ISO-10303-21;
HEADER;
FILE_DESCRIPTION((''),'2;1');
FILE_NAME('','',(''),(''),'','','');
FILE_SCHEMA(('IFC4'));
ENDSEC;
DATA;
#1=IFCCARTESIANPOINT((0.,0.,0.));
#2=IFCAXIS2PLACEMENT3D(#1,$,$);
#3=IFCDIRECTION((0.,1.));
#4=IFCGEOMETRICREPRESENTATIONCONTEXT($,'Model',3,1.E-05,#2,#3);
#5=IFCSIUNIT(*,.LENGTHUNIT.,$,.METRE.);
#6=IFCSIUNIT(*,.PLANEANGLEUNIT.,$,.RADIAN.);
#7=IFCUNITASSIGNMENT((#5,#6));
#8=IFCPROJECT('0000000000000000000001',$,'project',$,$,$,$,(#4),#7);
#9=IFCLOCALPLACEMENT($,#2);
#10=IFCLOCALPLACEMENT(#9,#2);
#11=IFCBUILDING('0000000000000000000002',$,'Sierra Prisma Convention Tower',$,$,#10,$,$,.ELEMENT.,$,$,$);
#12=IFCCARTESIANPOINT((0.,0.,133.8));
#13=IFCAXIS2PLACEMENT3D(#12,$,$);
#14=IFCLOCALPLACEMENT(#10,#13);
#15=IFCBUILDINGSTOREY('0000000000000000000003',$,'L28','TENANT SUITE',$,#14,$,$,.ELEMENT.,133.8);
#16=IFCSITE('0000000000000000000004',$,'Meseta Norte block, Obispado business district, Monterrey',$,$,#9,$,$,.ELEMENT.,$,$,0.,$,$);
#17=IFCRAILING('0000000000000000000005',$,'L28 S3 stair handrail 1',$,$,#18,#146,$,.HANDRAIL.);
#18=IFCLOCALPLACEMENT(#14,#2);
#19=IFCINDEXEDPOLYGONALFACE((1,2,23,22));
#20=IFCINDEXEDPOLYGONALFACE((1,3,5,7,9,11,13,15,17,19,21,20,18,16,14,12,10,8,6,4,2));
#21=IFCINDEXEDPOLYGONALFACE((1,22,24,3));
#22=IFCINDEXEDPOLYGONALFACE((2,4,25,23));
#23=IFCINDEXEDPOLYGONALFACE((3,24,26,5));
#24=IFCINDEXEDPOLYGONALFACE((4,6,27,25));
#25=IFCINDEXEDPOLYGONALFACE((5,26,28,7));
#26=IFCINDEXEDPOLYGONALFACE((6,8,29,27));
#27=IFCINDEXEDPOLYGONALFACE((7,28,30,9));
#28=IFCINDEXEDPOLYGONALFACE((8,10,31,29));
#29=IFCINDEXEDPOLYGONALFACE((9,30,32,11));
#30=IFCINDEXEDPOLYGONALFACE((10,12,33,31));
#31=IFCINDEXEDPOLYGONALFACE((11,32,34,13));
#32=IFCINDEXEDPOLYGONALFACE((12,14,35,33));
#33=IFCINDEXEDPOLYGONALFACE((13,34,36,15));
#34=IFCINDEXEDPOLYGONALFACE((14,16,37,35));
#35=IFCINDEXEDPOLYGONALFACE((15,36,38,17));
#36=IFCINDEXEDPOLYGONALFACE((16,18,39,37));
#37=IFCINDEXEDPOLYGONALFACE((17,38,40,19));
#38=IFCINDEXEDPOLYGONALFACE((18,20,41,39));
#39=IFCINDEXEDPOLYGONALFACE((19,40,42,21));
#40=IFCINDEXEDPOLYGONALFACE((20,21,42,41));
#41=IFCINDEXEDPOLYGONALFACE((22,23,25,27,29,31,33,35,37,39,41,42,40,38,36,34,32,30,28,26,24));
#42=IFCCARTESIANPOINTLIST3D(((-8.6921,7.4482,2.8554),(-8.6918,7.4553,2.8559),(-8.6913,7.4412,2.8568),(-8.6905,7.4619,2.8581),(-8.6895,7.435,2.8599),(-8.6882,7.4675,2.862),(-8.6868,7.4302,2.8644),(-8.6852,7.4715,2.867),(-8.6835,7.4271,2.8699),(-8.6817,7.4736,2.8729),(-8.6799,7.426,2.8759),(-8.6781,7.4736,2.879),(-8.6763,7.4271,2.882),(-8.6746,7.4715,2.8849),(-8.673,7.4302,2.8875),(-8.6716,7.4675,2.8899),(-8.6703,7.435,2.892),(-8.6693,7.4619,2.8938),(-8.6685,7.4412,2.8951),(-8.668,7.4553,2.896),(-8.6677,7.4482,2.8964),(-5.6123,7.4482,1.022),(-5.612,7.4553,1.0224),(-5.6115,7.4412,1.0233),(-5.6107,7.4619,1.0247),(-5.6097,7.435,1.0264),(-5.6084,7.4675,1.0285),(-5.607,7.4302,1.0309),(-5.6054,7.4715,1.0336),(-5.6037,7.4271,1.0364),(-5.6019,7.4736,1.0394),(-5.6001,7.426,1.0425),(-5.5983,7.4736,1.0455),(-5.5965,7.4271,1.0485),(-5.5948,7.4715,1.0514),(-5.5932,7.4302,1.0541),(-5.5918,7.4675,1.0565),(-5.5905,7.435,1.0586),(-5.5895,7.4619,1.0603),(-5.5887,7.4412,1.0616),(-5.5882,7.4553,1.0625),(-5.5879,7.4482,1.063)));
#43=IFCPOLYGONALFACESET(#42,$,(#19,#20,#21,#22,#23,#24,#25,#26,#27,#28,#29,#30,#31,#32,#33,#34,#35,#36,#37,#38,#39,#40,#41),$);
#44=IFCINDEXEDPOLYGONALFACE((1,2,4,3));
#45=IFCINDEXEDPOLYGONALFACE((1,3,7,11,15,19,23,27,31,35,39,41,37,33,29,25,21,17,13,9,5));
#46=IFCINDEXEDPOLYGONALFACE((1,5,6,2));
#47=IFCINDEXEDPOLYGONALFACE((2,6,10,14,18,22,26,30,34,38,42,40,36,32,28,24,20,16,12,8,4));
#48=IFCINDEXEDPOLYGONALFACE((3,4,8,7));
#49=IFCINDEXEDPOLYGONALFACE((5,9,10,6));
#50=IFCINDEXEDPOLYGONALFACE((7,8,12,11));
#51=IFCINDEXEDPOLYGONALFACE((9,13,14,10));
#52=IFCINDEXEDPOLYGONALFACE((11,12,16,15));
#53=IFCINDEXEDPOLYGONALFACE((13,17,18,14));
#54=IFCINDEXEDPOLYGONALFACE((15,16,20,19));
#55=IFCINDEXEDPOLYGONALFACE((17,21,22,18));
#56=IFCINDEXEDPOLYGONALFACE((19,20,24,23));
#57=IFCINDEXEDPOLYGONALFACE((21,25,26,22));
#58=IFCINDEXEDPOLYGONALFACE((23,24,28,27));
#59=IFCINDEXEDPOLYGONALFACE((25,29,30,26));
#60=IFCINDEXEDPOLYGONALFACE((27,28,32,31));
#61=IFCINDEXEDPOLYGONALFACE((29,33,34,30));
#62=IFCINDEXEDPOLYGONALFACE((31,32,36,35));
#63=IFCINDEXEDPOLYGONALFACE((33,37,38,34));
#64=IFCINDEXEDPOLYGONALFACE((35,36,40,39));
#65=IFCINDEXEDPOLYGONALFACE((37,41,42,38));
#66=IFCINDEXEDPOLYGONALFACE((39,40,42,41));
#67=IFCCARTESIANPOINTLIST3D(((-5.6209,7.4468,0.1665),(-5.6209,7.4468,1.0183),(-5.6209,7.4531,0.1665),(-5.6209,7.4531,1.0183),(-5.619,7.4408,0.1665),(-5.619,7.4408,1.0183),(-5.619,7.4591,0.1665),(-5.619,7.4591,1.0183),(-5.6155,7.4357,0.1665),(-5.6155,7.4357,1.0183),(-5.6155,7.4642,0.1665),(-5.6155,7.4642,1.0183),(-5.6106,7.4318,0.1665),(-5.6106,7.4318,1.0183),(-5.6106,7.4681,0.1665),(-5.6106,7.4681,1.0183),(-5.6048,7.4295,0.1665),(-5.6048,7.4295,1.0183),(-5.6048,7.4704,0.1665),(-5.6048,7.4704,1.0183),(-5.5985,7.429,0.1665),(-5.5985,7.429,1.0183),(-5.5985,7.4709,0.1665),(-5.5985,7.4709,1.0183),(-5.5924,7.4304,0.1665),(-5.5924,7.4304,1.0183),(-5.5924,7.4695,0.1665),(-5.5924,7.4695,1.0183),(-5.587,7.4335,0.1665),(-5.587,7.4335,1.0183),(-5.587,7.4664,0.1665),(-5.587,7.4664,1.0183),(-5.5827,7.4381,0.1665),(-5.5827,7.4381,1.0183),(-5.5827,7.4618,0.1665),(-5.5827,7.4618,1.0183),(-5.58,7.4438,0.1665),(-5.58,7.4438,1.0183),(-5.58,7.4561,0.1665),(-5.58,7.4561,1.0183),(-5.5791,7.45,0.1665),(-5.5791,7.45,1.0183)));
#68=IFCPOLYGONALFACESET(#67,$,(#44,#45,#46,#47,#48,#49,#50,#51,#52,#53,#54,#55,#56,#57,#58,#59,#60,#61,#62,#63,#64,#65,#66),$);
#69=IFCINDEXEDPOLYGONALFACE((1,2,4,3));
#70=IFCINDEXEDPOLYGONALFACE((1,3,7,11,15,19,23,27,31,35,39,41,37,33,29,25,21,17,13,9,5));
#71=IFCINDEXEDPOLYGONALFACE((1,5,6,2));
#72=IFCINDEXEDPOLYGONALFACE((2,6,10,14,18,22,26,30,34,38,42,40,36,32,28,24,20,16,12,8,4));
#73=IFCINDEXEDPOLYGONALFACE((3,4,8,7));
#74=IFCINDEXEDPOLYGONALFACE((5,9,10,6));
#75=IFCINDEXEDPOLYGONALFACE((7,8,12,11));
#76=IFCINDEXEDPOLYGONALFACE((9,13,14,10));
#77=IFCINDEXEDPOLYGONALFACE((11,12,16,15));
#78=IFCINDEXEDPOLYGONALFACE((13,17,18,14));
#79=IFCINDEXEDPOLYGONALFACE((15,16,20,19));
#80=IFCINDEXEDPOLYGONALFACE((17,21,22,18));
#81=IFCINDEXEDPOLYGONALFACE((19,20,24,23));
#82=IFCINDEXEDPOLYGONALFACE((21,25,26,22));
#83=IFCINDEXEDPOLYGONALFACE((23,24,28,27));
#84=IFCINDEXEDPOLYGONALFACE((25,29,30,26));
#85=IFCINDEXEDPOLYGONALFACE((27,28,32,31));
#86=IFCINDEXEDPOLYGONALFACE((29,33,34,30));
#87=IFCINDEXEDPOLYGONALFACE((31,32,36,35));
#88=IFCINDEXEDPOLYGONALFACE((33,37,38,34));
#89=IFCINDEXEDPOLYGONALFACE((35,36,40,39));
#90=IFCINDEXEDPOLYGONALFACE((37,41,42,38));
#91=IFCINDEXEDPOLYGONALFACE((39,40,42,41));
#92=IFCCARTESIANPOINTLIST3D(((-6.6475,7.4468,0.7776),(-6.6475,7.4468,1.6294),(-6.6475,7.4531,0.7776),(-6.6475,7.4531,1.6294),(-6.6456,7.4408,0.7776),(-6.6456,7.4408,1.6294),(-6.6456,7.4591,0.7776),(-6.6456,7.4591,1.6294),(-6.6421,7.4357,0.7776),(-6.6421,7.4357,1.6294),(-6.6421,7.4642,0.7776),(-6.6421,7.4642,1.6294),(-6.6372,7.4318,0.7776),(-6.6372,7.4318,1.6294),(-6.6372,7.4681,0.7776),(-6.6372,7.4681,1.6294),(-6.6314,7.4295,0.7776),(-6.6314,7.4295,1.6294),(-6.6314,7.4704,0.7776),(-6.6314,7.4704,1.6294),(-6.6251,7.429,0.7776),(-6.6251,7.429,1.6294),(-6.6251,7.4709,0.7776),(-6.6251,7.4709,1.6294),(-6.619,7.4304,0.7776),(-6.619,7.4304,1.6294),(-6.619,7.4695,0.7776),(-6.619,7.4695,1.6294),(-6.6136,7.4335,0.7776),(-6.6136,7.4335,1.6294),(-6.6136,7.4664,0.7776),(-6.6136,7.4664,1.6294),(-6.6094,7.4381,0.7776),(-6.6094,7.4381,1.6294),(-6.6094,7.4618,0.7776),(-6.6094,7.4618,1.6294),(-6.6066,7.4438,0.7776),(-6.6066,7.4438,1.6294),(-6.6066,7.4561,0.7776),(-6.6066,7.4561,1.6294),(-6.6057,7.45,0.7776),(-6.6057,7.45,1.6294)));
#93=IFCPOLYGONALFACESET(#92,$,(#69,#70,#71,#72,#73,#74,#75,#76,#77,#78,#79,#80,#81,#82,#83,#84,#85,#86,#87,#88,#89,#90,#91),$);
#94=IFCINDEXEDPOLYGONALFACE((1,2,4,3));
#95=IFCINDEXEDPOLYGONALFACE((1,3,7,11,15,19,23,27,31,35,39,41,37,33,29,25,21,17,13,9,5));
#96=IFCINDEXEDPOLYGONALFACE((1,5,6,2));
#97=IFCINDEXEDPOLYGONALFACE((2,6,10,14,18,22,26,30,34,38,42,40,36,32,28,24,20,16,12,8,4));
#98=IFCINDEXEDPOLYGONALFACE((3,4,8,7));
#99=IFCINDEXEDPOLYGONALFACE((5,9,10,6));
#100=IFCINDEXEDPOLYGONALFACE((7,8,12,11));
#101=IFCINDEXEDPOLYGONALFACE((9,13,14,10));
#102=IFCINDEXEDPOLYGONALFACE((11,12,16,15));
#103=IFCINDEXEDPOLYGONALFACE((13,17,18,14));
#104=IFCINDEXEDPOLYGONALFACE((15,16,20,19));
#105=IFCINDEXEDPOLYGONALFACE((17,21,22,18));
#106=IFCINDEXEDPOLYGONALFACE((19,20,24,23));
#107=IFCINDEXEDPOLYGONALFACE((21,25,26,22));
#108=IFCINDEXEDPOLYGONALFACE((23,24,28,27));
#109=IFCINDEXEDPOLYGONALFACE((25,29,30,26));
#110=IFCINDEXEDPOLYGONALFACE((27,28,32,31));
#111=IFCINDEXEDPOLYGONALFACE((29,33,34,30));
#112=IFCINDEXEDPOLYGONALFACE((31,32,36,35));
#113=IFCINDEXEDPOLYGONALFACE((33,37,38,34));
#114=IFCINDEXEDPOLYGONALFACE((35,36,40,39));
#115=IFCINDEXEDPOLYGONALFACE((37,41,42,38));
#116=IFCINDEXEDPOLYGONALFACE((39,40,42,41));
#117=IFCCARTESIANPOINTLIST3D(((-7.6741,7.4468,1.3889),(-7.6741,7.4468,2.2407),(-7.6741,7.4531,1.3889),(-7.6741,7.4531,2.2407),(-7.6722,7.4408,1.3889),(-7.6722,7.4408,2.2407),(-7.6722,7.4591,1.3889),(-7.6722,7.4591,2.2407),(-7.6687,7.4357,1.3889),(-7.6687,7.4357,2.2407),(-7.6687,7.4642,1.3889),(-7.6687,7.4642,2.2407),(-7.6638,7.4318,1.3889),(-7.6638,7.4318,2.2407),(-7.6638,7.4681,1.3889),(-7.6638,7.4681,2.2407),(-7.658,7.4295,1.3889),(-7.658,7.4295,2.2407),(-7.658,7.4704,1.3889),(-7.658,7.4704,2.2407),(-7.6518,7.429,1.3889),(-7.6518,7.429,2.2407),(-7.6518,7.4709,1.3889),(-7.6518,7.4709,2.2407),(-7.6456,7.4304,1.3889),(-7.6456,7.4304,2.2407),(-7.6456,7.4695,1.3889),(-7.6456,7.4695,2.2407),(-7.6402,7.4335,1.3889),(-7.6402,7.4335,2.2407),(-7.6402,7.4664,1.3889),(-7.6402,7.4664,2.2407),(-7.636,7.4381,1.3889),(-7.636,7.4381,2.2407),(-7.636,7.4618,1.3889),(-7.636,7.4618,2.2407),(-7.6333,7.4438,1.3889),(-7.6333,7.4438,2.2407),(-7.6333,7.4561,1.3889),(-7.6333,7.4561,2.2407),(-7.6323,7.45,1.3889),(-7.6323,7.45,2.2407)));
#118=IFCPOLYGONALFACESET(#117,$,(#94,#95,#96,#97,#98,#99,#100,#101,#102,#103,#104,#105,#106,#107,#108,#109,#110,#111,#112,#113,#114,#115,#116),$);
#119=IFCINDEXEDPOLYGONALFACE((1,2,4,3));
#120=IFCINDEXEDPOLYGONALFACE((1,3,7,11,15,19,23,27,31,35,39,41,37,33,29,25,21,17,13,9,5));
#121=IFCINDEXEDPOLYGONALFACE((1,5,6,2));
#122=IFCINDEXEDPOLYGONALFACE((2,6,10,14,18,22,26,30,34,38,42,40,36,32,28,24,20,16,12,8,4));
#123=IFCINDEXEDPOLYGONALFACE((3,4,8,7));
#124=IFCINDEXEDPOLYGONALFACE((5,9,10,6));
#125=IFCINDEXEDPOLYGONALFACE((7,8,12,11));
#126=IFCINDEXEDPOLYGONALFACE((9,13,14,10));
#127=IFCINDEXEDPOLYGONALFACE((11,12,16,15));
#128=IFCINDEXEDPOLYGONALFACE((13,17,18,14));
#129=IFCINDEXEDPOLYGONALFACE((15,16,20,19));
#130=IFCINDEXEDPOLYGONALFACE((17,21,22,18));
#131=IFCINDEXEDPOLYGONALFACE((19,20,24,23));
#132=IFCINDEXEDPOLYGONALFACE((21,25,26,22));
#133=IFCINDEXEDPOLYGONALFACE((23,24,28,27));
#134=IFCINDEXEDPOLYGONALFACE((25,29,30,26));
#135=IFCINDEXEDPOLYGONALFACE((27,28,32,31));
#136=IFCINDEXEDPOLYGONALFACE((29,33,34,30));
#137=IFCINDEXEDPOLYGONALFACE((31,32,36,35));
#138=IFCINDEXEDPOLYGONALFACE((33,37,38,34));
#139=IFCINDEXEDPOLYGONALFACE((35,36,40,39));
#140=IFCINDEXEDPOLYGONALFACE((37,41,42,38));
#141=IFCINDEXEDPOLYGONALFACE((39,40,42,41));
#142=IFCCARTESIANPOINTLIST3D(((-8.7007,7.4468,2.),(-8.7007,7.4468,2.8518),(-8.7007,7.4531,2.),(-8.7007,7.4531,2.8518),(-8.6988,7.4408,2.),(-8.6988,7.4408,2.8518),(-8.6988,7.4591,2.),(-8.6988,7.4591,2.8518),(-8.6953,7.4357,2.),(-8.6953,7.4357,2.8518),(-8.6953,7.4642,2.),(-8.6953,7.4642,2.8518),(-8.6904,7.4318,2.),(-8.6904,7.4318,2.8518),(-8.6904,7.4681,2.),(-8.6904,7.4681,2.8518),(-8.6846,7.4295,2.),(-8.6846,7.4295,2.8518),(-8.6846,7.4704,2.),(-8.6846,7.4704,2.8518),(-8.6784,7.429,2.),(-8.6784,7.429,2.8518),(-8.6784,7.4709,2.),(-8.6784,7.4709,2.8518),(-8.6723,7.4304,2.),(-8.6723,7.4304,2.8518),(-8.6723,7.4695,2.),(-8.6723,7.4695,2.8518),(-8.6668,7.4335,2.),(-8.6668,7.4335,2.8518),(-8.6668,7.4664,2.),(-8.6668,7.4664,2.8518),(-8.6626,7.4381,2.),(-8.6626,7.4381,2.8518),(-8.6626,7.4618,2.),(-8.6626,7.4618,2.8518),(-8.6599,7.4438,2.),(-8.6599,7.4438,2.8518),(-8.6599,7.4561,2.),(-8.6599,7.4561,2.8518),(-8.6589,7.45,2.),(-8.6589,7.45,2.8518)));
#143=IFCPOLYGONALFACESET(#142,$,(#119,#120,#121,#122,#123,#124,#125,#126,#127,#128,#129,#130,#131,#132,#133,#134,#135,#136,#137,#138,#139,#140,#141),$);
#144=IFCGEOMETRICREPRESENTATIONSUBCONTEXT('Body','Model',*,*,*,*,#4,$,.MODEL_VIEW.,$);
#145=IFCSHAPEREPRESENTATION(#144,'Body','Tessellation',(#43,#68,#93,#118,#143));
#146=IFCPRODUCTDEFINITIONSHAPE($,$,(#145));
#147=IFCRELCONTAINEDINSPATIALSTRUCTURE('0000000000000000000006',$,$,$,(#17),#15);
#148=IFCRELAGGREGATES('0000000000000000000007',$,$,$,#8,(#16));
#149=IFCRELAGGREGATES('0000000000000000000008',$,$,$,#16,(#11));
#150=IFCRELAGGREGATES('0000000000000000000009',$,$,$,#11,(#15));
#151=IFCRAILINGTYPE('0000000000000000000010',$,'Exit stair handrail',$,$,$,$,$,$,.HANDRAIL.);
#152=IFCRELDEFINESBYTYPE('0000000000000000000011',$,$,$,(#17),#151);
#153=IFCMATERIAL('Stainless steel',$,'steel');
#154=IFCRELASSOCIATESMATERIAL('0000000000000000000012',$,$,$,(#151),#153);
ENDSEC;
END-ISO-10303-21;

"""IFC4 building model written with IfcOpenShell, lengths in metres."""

from ifc_helpers import new_model, si_unit, direction, frame, origin, origin_2d, place, context, subcontext, project, spatial, circle, extrude, material, type_object, element, save


model = new_model("IFC4")

# Units and contexts
model_context = context("Model", 3, precision=1e-05, world=origin(), true_north=direction((0.0, 1.0)))
body_context = subcontext(model_context, "Body", "Model", "MODEL_VIEW")
ifc_project = project(units=[si_unit("LENGTHUNIT", "METRE"), si_unit("PLANEANGLEUNIT", "RADIAN")], contexts=[model_context])

# Site, building, storey
site_placement = place(None, origin())
site = spatial("IfcSite", under=ifc_project, at=site_placement, Name="Meseta Norte block, Obispado business district, Monterrey", CompositionType="ELEMENT", RefElevation=0.0)
building_placement = place(site_placement, origin())
building = spatial("IfcBuilding", under=site, at=building_placement, Name="Sierra Prisma Convention Tower", CompositionType="ELEMENT")
storey_placement = place(building_placement, frame((0.0, 0.0, 133.8)))
storey = spatial("IfcBuildingStorey", under=building, at=storey_placement, Name="L28", Description="TENANT SUITE", CompositionType="ELEMENT", Elevation=133.8)

# Railing
ifc_material_1 = material(Name="Stainless steel", Category="steel")
railing_type_1 = type_object("IfcRailingType", Name="Exit stair handrail", PredefinedType="HANDRAIL", material=ifc_material_1)
railing_1_placement = place(storey_placement, frame((-5.6001, 7.45, 0.1665)))
element("IfcRailing", 1, at=railing_1_placement, inside=storey, type_object=railing_type_1, Name="L28 S3 stair handrail 1", PredefinedType="HANDRAIL", context=body_context, shape_type="SweptSolid", body=[
    extrude(circle(Radius=0.0239, at=origin_2d()), frame((0.0, 0.0, 0.876), z_axis=(-0.859261, 0.0, 0.511538), x_axis=(0.0, -1.0, 0.0)), (0.0, 0.0, 1.0), 3.5842),
    extrude(circle(Radius=0.021, at=origin_2d()), origin(), (0.0, 0.0, 1.0), 0.8518),
    extrude(circle(Radius=0.021, at=origin_2d()), frame((-1.0266, 0.0, 0.6111)), (0.0, 0.0, 1.0), 0.8518),
    extrude(circle(Radius=0.021, at=origin_2d()), frame((-2.0532, 0.0, 1.2224)), (0.0, 0.0, 1.0), 0.8518),
    extrude(circle(Radius=0.021, at=origin_2d()), frame((-3.0798, 0.0, 1.8335)), (0.0, 0.0, 1.0), 0.8518),
])

save(model, "model.ifc")
